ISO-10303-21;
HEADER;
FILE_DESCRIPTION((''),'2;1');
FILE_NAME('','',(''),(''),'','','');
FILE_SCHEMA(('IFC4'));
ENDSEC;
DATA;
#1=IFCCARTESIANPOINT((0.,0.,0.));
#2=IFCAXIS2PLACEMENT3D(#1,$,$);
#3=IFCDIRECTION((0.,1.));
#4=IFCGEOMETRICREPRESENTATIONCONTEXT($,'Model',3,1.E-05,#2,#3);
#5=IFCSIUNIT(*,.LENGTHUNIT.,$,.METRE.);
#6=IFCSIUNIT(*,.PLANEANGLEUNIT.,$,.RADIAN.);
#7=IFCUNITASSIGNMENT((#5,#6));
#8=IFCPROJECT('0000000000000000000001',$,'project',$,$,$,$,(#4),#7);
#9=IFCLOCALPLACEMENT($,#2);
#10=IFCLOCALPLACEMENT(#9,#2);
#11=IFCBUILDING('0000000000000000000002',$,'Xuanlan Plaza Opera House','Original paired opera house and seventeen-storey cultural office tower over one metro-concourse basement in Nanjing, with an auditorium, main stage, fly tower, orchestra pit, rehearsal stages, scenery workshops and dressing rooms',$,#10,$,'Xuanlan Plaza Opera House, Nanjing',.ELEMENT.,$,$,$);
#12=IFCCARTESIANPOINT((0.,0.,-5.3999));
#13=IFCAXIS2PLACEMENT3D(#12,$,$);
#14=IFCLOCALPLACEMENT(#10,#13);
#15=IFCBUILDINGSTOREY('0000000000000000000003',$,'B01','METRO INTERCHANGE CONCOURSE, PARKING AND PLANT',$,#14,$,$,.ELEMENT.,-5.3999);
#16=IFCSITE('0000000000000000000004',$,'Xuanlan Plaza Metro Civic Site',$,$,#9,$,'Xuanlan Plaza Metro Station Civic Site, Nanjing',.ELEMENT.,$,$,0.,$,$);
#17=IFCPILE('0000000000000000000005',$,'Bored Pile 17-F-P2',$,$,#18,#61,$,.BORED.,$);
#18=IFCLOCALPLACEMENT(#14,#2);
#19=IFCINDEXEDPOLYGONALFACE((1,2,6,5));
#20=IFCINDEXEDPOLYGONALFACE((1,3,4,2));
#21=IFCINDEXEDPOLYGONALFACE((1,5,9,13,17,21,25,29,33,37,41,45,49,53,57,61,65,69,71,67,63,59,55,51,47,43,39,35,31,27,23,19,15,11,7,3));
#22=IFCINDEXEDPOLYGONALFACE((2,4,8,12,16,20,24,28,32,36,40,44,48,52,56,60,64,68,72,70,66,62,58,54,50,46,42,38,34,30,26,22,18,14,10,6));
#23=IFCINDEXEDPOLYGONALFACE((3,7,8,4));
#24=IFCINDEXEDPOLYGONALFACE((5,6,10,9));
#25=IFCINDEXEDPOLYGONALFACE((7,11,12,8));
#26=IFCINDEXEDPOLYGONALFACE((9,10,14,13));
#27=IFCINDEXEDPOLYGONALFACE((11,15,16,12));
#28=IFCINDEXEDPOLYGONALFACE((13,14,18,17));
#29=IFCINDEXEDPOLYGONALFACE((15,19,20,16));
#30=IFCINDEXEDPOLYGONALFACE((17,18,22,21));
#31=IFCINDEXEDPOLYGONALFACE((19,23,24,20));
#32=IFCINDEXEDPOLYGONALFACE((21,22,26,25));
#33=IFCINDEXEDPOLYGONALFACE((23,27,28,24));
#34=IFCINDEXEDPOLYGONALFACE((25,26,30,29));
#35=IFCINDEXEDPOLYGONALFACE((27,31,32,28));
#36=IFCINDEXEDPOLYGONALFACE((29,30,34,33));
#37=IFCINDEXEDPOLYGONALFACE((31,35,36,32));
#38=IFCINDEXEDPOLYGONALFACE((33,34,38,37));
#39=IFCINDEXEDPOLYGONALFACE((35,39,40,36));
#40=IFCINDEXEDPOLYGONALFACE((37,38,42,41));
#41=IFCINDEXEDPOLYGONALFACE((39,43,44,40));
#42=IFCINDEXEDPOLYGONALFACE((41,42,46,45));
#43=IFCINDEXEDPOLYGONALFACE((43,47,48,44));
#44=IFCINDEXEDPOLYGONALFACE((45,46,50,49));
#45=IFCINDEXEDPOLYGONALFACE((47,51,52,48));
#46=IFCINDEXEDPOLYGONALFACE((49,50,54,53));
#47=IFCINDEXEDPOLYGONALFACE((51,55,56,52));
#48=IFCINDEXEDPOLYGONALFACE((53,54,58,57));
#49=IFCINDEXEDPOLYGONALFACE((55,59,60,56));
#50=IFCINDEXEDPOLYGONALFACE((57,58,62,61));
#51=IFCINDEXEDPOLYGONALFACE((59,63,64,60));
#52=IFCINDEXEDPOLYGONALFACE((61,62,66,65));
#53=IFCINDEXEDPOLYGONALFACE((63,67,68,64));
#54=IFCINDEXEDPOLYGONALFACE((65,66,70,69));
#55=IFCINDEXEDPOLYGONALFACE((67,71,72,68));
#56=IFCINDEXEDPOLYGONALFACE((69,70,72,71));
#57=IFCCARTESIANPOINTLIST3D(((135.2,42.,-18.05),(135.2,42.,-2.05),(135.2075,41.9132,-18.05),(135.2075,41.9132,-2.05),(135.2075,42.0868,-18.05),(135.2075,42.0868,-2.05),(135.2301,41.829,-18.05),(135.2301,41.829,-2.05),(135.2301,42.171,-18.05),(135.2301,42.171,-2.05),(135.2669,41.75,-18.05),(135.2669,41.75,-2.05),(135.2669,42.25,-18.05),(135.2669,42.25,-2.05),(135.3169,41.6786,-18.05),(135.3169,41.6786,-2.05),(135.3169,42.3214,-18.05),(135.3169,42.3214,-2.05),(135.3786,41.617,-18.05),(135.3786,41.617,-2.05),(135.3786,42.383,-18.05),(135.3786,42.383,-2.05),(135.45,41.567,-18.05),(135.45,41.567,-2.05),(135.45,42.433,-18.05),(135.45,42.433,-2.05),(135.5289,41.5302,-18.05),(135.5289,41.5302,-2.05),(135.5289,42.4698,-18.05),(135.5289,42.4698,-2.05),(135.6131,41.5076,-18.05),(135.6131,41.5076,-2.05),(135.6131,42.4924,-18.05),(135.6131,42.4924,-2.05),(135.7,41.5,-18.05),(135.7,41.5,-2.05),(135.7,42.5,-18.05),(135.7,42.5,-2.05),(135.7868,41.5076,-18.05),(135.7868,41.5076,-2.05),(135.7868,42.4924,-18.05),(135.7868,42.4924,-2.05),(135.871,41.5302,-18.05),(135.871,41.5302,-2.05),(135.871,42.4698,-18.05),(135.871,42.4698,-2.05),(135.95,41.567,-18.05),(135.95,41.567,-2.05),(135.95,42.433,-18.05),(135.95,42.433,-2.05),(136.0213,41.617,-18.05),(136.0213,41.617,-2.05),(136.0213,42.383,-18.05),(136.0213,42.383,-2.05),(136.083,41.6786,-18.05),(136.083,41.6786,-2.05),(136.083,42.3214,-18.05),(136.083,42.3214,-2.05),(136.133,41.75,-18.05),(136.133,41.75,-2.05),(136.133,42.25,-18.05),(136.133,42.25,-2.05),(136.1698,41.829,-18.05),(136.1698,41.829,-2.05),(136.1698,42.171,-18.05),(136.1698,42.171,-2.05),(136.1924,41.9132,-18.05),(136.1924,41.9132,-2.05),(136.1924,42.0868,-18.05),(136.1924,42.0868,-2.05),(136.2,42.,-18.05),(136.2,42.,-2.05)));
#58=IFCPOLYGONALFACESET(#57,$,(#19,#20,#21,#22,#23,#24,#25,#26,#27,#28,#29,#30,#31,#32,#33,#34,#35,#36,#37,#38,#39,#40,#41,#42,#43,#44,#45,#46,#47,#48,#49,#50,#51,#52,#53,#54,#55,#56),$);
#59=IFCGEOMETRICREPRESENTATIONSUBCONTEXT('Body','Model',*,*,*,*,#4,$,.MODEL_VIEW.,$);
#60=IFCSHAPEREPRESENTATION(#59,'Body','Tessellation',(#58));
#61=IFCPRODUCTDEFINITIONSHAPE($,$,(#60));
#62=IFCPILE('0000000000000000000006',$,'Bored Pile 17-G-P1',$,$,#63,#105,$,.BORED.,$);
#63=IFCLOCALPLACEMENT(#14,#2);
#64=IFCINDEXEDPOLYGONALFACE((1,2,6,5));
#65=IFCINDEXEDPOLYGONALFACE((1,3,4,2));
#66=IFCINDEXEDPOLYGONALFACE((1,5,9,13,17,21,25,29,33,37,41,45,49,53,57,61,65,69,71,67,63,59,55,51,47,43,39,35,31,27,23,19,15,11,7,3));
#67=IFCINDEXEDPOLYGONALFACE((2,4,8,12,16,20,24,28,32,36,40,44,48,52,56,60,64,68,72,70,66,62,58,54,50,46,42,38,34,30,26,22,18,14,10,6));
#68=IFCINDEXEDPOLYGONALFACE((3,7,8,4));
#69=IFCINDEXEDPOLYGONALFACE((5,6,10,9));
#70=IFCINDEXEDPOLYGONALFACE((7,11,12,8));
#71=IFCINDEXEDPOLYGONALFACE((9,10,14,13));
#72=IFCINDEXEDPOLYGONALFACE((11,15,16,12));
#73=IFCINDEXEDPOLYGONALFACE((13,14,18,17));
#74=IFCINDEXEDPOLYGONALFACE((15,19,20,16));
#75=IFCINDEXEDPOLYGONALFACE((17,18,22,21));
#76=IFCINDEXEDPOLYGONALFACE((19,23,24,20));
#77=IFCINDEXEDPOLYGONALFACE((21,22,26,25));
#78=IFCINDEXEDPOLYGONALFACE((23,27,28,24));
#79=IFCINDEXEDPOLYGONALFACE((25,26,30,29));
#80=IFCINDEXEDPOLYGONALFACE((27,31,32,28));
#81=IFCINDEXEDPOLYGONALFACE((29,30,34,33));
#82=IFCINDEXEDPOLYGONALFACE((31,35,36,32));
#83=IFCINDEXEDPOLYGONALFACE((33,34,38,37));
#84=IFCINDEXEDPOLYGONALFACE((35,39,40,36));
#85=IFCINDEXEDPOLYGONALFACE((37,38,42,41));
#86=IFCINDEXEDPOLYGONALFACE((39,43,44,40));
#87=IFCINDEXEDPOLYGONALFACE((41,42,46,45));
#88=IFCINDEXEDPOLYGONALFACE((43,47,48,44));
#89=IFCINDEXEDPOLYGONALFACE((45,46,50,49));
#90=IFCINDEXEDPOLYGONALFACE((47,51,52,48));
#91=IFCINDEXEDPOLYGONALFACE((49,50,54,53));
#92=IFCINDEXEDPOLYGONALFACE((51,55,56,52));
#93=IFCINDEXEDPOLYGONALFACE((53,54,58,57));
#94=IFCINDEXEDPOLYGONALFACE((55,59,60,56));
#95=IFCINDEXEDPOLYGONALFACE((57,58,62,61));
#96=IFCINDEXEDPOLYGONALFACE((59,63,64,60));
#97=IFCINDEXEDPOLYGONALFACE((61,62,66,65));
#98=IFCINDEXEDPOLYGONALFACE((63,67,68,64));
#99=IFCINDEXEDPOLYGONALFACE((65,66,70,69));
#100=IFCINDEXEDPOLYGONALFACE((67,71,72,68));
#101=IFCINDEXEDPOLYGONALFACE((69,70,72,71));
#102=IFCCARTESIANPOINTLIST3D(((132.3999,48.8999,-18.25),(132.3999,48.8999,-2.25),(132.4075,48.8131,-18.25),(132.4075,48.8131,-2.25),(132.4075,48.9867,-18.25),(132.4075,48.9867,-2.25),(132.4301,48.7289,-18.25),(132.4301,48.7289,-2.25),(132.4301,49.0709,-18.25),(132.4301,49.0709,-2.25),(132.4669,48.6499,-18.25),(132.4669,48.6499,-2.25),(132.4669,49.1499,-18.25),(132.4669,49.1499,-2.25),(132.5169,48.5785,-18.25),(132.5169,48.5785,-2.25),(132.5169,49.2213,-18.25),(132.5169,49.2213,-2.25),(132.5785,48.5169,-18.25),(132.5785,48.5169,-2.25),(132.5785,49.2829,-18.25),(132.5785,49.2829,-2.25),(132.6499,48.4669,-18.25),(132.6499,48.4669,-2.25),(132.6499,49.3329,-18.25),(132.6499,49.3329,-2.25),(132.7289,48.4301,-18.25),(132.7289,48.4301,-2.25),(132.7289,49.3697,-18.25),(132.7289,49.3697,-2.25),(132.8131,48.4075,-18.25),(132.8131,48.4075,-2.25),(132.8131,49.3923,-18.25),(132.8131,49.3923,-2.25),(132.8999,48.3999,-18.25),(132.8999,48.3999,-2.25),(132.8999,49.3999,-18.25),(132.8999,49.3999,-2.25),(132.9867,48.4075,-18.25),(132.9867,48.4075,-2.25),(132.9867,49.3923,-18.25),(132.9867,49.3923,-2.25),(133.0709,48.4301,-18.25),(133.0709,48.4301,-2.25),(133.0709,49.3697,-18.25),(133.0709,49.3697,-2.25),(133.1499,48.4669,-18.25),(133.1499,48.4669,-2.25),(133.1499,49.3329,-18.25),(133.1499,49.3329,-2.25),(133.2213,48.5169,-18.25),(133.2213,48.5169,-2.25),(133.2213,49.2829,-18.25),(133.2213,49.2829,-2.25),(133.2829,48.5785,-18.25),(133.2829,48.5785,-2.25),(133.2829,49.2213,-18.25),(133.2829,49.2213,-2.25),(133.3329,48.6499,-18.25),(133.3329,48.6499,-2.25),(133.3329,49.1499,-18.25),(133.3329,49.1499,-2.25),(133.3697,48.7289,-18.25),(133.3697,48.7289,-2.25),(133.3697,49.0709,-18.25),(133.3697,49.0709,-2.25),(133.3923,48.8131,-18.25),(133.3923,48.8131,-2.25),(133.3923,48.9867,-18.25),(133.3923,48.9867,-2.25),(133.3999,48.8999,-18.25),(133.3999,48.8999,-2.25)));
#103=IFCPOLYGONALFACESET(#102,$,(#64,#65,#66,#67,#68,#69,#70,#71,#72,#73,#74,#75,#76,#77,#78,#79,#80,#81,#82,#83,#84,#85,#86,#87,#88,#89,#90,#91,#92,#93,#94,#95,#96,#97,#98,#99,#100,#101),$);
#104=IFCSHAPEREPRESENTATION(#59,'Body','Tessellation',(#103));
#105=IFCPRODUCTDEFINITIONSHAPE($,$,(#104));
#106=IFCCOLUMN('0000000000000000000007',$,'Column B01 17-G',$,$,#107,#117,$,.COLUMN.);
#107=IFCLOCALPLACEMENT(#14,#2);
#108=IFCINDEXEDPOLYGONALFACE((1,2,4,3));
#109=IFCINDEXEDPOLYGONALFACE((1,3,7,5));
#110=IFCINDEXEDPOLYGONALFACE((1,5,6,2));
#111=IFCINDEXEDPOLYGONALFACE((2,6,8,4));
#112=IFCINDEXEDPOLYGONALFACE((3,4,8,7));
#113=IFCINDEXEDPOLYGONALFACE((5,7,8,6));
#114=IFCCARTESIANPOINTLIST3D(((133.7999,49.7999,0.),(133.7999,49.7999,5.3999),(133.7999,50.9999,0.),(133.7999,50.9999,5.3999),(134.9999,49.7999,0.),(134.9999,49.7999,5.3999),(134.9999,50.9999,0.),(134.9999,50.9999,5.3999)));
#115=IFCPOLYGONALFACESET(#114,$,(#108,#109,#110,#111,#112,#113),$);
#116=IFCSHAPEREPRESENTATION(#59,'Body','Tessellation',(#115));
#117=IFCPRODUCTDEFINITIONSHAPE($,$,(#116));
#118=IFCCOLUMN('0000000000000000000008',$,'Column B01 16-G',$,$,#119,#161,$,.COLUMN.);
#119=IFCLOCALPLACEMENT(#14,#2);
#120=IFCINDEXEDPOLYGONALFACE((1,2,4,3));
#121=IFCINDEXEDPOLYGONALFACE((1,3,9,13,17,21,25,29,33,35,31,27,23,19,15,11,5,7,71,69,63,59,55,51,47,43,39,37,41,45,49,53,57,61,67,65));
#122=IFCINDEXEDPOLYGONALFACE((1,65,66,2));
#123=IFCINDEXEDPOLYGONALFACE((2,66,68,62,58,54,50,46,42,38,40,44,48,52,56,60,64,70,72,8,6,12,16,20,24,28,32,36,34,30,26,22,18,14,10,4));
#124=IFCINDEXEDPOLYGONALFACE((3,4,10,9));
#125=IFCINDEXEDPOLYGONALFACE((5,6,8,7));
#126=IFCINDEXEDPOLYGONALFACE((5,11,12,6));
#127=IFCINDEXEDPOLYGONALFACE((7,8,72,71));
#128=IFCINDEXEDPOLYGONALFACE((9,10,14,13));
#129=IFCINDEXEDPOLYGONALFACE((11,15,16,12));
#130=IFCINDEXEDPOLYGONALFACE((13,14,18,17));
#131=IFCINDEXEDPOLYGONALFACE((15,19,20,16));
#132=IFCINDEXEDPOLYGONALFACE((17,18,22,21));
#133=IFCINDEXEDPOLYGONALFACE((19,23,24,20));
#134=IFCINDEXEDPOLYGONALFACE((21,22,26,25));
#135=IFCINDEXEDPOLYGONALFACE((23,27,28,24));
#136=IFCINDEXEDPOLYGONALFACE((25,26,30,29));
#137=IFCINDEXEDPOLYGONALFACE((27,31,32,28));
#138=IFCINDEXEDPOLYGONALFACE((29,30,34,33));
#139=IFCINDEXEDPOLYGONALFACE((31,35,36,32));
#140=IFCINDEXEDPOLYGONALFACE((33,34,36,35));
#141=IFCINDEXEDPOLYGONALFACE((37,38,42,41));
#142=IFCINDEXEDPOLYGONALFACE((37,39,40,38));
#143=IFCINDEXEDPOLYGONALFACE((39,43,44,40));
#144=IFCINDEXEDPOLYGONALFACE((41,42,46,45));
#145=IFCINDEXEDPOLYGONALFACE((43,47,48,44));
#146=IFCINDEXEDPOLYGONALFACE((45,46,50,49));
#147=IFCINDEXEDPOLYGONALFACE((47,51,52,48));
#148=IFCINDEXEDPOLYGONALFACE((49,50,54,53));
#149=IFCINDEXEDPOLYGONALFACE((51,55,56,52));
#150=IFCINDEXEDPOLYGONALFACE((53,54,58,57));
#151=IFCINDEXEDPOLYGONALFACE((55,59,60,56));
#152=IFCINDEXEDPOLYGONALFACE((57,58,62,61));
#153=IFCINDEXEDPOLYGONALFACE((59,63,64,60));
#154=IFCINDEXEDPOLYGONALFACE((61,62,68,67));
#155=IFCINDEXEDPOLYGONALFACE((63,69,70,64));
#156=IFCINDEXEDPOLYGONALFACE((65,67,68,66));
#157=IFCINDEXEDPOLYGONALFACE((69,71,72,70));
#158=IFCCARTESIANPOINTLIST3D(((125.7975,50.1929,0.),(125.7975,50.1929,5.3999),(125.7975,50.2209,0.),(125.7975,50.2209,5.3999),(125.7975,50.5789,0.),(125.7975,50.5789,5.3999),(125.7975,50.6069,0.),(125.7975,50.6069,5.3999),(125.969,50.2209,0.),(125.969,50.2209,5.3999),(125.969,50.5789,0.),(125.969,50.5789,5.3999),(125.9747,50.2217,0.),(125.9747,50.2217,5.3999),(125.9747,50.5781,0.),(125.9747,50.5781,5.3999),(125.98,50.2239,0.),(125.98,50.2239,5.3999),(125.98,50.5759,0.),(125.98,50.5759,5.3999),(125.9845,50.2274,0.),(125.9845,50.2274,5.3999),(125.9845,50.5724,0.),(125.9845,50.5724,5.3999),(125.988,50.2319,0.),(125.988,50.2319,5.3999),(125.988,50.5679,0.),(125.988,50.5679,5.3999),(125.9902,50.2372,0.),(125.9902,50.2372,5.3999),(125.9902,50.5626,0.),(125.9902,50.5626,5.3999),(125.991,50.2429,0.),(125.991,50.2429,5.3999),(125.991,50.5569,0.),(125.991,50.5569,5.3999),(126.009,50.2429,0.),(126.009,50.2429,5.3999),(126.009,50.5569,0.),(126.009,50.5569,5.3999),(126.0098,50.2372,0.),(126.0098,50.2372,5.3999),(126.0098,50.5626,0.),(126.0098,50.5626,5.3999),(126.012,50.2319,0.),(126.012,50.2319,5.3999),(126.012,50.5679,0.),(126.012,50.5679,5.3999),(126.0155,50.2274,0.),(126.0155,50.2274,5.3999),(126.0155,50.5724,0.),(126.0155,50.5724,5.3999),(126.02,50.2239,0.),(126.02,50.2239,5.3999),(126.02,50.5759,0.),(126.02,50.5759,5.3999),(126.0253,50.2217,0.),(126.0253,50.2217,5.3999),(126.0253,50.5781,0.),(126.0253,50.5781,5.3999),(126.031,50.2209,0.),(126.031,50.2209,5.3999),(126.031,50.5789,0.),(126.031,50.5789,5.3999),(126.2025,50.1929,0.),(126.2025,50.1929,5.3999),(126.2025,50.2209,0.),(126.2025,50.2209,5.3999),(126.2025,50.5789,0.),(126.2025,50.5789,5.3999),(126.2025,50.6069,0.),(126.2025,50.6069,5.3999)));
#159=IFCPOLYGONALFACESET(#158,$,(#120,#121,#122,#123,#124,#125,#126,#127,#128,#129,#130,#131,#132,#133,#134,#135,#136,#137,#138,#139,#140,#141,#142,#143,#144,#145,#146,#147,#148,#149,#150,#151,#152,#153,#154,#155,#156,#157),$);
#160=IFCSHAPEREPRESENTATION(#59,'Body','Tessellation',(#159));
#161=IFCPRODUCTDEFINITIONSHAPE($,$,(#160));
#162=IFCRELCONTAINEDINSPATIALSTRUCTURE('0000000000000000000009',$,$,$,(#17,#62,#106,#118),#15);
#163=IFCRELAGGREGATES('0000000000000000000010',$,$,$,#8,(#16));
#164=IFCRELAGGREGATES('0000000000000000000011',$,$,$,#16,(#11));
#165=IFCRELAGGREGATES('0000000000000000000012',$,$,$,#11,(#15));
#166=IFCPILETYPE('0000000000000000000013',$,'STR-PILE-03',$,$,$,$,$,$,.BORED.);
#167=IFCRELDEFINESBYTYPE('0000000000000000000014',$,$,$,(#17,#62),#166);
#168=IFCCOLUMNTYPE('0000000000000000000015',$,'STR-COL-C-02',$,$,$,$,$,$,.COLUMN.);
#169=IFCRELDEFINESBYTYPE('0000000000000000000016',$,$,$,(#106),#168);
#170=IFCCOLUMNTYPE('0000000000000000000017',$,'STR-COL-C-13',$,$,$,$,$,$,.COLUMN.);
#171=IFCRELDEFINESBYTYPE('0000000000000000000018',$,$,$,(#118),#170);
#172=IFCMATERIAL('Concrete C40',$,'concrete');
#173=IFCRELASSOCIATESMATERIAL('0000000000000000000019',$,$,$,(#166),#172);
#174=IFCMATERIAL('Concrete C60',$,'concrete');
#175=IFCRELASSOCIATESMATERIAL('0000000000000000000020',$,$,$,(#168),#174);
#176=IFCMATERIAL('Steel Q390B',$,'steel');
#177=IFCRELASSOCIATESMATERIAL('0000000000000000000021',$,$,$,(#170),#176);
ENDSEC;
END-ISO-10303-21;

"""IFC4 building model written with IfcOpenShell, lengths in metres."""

from ifc_helpers import new_model, si_unit, direction, frame, origin, origin_2d, place, context, subcontext, project, spatial, rectangle, circle, i_section, extrude, material, material_profile, profile_set, type_object, element, save


model = new_model("IFC4")

# Units and contexts
model_context = context("Model", 3, precision=1e-05, world=origin(), true_north=direction((0.0, 1.0)))
body_context = subcontext(model_context, "Body", "Model", "MODEL_VIEW")
ifc_project = project(units=[si_unit("LENGTHUNIT", "METRE"), si_unit("PLANEANGLEUNIT", "RADIAN")], contexts=[model_context])

# Site, building, storey
site_placement = place(None, origin())
site = spatial("IfcSite", under=ifc_project, at=site_placement, Name="Xuanlan Plaza Metro Civic Site", LongName="Xuanlan Plaza Metro Station Civic Site, Nanjing", CompositionType="ELEMENT", RefElevation=0.0)
building_placement = place(site_placement, origin())
building = spatial("IfcBuilding", under=site, at=building_placement, Name="Xuanlan Plaza Opera House", Description="Original paired opera house and seventeen-storey cultural office tower over one metro-concourse basement in Nanjing, with an auditorium, main stage, fly tower, orchestra pit, rehearsal stages, scenery workshops and dressing rooms", LongName="Xuanlan Plaza Opera House, Nanjing", CompositionType="ELEMENT")
storey_placement = place(building_placement, frame((0.0, 0.0, -5.3999)))
storey = spatial("IfcBuildingStorey", under=building, at=storey_placement, Name="B01", Description="METRO INTERCHANGE CONCOURSE, PARKING AND PLANT", CompositionType="ELEMENT", Elevation=-5.3999)

# Piles
ifc_material_1 = material(Name="Concrete C40", Category="concrete")
ifc_material_profile_1 = material_profile(ifc_material_1, circle(Radius=0.5, at=origin_2d()), Name="PILE D1000")
ifc_profile_set_1 = profile_set([ifc_material_profile_1], Name="Concrete C40")
pile_type = type_object("IfcPileType", Name="STR-PILE-03", PredefinedType="BORED", material=ifc_profile_set_1)
for number, where, z_axis, x_axis, name in (
    (1, (135.7, 42.0, -2.05), (0.0, 0.0, -1.0), (1.0, 0.0, 0.0), "Bored Pile 17-F-P2"),
    (2, (132.8999, 48.8999, -2.25), (0.0, 0.0, -1.0), (1.0, 0.0, 0.0), "Bored Pile 17-G-P1"),
):
    element("IfcPile", number, at=place(storey_placement, frame(where, z_axis=z_axis, x_axis=x_axis)), inside=storey, type_object=pile_type, Name=name, PredefinedType="BORED", context=body_context, shape_type="SweptSolid", body=[
        extrude(circle(Radius=0.5, at=origin_2d()), origin(), (0.0, 0.0, 1.0), 16.0),
    ])

# Columns
ifc_material_2 = material(Name="Concrete C60", Category="concrete")
ifc_material_profile_2 = material_profile(ifc_material_2, rectangle(XDim=1.2, YDim=1.2, at=origin_2d()), Name="RC-COL 1200x1200")
ifc_profile_set_2 = profile_set([ifc_material_profile_2], Name="Concrete C60")
column_type_1 = type_object("IfcColumnType", Name="STR-COL-C-02", PredefinedType="COLUMN", material=ifc_profile_set_2)
column_placement = place(storey_placement, frame((134.3999, 50.3999, 0.0), z_axis=(0.0, 0.0, 1.0), x_axis=(1.0, 0.0, 0.0)))
element("IfcColumn", 3, at=column_placement, inside=storey, type_object=column_type_1, Name="Column B01 17-G", PredefinedType="COLUMN", context=body_context, shape_type="SweptSolid", body=[
    extrude(rectangle(XDim=1.2, YDim=1.2, at=origin_2d()), origin(), (0.0, 0.0, 1.0), 5.3999),
])
ifc_material_3 = material(Name="Steel Q390B", Category="steel")
ifc_material_profile_3 = material_profile(ifc_material_3, i_section(OverallWidth=0.405, OverallDepth=0.4141, WebThickness=0.0181, FlangeThickness=0.0281, FilletRadius=0.022, at=origin_2d()), Name="HW 414x405x18x28")
ifc_profile_set_3 = profile_set([ifc_material_profile_3], Name="Steel Q390B")
column_type_2 = type_object("IfcColumnType", Name="STR-COL-C-13", PredefinedType="COLUMN", material=ifc_profile_set_3)
for number, where, z_axis, x_axis, name in (
    (4, (126.0, 50.3999, 0.0), (0.0, 0.0, 1.0), (1.0, 0.0, 0.0), "Column B01 16-G"),
):
    element("IfcColumn", number, at=place(storey_placement, frame(where, z_axis=z_axis, x_axis=x_axis)), inside=storey, type_object=column_type_2, Name=name, PredefinedType="COLUMN", context=body_context, shape_type="SweptSolid", body=[
        extrude(i_section(OverallWidth=0.405, OverallDepth=0.4141, WebThickness=0.0181, FlangeThickness=0.0281, FilletRadius=0.022, at=origin_2d()), origin(), (0.0, 0.0, 1.0), 5.3999),
    ])

save(model, "model.ifc")
